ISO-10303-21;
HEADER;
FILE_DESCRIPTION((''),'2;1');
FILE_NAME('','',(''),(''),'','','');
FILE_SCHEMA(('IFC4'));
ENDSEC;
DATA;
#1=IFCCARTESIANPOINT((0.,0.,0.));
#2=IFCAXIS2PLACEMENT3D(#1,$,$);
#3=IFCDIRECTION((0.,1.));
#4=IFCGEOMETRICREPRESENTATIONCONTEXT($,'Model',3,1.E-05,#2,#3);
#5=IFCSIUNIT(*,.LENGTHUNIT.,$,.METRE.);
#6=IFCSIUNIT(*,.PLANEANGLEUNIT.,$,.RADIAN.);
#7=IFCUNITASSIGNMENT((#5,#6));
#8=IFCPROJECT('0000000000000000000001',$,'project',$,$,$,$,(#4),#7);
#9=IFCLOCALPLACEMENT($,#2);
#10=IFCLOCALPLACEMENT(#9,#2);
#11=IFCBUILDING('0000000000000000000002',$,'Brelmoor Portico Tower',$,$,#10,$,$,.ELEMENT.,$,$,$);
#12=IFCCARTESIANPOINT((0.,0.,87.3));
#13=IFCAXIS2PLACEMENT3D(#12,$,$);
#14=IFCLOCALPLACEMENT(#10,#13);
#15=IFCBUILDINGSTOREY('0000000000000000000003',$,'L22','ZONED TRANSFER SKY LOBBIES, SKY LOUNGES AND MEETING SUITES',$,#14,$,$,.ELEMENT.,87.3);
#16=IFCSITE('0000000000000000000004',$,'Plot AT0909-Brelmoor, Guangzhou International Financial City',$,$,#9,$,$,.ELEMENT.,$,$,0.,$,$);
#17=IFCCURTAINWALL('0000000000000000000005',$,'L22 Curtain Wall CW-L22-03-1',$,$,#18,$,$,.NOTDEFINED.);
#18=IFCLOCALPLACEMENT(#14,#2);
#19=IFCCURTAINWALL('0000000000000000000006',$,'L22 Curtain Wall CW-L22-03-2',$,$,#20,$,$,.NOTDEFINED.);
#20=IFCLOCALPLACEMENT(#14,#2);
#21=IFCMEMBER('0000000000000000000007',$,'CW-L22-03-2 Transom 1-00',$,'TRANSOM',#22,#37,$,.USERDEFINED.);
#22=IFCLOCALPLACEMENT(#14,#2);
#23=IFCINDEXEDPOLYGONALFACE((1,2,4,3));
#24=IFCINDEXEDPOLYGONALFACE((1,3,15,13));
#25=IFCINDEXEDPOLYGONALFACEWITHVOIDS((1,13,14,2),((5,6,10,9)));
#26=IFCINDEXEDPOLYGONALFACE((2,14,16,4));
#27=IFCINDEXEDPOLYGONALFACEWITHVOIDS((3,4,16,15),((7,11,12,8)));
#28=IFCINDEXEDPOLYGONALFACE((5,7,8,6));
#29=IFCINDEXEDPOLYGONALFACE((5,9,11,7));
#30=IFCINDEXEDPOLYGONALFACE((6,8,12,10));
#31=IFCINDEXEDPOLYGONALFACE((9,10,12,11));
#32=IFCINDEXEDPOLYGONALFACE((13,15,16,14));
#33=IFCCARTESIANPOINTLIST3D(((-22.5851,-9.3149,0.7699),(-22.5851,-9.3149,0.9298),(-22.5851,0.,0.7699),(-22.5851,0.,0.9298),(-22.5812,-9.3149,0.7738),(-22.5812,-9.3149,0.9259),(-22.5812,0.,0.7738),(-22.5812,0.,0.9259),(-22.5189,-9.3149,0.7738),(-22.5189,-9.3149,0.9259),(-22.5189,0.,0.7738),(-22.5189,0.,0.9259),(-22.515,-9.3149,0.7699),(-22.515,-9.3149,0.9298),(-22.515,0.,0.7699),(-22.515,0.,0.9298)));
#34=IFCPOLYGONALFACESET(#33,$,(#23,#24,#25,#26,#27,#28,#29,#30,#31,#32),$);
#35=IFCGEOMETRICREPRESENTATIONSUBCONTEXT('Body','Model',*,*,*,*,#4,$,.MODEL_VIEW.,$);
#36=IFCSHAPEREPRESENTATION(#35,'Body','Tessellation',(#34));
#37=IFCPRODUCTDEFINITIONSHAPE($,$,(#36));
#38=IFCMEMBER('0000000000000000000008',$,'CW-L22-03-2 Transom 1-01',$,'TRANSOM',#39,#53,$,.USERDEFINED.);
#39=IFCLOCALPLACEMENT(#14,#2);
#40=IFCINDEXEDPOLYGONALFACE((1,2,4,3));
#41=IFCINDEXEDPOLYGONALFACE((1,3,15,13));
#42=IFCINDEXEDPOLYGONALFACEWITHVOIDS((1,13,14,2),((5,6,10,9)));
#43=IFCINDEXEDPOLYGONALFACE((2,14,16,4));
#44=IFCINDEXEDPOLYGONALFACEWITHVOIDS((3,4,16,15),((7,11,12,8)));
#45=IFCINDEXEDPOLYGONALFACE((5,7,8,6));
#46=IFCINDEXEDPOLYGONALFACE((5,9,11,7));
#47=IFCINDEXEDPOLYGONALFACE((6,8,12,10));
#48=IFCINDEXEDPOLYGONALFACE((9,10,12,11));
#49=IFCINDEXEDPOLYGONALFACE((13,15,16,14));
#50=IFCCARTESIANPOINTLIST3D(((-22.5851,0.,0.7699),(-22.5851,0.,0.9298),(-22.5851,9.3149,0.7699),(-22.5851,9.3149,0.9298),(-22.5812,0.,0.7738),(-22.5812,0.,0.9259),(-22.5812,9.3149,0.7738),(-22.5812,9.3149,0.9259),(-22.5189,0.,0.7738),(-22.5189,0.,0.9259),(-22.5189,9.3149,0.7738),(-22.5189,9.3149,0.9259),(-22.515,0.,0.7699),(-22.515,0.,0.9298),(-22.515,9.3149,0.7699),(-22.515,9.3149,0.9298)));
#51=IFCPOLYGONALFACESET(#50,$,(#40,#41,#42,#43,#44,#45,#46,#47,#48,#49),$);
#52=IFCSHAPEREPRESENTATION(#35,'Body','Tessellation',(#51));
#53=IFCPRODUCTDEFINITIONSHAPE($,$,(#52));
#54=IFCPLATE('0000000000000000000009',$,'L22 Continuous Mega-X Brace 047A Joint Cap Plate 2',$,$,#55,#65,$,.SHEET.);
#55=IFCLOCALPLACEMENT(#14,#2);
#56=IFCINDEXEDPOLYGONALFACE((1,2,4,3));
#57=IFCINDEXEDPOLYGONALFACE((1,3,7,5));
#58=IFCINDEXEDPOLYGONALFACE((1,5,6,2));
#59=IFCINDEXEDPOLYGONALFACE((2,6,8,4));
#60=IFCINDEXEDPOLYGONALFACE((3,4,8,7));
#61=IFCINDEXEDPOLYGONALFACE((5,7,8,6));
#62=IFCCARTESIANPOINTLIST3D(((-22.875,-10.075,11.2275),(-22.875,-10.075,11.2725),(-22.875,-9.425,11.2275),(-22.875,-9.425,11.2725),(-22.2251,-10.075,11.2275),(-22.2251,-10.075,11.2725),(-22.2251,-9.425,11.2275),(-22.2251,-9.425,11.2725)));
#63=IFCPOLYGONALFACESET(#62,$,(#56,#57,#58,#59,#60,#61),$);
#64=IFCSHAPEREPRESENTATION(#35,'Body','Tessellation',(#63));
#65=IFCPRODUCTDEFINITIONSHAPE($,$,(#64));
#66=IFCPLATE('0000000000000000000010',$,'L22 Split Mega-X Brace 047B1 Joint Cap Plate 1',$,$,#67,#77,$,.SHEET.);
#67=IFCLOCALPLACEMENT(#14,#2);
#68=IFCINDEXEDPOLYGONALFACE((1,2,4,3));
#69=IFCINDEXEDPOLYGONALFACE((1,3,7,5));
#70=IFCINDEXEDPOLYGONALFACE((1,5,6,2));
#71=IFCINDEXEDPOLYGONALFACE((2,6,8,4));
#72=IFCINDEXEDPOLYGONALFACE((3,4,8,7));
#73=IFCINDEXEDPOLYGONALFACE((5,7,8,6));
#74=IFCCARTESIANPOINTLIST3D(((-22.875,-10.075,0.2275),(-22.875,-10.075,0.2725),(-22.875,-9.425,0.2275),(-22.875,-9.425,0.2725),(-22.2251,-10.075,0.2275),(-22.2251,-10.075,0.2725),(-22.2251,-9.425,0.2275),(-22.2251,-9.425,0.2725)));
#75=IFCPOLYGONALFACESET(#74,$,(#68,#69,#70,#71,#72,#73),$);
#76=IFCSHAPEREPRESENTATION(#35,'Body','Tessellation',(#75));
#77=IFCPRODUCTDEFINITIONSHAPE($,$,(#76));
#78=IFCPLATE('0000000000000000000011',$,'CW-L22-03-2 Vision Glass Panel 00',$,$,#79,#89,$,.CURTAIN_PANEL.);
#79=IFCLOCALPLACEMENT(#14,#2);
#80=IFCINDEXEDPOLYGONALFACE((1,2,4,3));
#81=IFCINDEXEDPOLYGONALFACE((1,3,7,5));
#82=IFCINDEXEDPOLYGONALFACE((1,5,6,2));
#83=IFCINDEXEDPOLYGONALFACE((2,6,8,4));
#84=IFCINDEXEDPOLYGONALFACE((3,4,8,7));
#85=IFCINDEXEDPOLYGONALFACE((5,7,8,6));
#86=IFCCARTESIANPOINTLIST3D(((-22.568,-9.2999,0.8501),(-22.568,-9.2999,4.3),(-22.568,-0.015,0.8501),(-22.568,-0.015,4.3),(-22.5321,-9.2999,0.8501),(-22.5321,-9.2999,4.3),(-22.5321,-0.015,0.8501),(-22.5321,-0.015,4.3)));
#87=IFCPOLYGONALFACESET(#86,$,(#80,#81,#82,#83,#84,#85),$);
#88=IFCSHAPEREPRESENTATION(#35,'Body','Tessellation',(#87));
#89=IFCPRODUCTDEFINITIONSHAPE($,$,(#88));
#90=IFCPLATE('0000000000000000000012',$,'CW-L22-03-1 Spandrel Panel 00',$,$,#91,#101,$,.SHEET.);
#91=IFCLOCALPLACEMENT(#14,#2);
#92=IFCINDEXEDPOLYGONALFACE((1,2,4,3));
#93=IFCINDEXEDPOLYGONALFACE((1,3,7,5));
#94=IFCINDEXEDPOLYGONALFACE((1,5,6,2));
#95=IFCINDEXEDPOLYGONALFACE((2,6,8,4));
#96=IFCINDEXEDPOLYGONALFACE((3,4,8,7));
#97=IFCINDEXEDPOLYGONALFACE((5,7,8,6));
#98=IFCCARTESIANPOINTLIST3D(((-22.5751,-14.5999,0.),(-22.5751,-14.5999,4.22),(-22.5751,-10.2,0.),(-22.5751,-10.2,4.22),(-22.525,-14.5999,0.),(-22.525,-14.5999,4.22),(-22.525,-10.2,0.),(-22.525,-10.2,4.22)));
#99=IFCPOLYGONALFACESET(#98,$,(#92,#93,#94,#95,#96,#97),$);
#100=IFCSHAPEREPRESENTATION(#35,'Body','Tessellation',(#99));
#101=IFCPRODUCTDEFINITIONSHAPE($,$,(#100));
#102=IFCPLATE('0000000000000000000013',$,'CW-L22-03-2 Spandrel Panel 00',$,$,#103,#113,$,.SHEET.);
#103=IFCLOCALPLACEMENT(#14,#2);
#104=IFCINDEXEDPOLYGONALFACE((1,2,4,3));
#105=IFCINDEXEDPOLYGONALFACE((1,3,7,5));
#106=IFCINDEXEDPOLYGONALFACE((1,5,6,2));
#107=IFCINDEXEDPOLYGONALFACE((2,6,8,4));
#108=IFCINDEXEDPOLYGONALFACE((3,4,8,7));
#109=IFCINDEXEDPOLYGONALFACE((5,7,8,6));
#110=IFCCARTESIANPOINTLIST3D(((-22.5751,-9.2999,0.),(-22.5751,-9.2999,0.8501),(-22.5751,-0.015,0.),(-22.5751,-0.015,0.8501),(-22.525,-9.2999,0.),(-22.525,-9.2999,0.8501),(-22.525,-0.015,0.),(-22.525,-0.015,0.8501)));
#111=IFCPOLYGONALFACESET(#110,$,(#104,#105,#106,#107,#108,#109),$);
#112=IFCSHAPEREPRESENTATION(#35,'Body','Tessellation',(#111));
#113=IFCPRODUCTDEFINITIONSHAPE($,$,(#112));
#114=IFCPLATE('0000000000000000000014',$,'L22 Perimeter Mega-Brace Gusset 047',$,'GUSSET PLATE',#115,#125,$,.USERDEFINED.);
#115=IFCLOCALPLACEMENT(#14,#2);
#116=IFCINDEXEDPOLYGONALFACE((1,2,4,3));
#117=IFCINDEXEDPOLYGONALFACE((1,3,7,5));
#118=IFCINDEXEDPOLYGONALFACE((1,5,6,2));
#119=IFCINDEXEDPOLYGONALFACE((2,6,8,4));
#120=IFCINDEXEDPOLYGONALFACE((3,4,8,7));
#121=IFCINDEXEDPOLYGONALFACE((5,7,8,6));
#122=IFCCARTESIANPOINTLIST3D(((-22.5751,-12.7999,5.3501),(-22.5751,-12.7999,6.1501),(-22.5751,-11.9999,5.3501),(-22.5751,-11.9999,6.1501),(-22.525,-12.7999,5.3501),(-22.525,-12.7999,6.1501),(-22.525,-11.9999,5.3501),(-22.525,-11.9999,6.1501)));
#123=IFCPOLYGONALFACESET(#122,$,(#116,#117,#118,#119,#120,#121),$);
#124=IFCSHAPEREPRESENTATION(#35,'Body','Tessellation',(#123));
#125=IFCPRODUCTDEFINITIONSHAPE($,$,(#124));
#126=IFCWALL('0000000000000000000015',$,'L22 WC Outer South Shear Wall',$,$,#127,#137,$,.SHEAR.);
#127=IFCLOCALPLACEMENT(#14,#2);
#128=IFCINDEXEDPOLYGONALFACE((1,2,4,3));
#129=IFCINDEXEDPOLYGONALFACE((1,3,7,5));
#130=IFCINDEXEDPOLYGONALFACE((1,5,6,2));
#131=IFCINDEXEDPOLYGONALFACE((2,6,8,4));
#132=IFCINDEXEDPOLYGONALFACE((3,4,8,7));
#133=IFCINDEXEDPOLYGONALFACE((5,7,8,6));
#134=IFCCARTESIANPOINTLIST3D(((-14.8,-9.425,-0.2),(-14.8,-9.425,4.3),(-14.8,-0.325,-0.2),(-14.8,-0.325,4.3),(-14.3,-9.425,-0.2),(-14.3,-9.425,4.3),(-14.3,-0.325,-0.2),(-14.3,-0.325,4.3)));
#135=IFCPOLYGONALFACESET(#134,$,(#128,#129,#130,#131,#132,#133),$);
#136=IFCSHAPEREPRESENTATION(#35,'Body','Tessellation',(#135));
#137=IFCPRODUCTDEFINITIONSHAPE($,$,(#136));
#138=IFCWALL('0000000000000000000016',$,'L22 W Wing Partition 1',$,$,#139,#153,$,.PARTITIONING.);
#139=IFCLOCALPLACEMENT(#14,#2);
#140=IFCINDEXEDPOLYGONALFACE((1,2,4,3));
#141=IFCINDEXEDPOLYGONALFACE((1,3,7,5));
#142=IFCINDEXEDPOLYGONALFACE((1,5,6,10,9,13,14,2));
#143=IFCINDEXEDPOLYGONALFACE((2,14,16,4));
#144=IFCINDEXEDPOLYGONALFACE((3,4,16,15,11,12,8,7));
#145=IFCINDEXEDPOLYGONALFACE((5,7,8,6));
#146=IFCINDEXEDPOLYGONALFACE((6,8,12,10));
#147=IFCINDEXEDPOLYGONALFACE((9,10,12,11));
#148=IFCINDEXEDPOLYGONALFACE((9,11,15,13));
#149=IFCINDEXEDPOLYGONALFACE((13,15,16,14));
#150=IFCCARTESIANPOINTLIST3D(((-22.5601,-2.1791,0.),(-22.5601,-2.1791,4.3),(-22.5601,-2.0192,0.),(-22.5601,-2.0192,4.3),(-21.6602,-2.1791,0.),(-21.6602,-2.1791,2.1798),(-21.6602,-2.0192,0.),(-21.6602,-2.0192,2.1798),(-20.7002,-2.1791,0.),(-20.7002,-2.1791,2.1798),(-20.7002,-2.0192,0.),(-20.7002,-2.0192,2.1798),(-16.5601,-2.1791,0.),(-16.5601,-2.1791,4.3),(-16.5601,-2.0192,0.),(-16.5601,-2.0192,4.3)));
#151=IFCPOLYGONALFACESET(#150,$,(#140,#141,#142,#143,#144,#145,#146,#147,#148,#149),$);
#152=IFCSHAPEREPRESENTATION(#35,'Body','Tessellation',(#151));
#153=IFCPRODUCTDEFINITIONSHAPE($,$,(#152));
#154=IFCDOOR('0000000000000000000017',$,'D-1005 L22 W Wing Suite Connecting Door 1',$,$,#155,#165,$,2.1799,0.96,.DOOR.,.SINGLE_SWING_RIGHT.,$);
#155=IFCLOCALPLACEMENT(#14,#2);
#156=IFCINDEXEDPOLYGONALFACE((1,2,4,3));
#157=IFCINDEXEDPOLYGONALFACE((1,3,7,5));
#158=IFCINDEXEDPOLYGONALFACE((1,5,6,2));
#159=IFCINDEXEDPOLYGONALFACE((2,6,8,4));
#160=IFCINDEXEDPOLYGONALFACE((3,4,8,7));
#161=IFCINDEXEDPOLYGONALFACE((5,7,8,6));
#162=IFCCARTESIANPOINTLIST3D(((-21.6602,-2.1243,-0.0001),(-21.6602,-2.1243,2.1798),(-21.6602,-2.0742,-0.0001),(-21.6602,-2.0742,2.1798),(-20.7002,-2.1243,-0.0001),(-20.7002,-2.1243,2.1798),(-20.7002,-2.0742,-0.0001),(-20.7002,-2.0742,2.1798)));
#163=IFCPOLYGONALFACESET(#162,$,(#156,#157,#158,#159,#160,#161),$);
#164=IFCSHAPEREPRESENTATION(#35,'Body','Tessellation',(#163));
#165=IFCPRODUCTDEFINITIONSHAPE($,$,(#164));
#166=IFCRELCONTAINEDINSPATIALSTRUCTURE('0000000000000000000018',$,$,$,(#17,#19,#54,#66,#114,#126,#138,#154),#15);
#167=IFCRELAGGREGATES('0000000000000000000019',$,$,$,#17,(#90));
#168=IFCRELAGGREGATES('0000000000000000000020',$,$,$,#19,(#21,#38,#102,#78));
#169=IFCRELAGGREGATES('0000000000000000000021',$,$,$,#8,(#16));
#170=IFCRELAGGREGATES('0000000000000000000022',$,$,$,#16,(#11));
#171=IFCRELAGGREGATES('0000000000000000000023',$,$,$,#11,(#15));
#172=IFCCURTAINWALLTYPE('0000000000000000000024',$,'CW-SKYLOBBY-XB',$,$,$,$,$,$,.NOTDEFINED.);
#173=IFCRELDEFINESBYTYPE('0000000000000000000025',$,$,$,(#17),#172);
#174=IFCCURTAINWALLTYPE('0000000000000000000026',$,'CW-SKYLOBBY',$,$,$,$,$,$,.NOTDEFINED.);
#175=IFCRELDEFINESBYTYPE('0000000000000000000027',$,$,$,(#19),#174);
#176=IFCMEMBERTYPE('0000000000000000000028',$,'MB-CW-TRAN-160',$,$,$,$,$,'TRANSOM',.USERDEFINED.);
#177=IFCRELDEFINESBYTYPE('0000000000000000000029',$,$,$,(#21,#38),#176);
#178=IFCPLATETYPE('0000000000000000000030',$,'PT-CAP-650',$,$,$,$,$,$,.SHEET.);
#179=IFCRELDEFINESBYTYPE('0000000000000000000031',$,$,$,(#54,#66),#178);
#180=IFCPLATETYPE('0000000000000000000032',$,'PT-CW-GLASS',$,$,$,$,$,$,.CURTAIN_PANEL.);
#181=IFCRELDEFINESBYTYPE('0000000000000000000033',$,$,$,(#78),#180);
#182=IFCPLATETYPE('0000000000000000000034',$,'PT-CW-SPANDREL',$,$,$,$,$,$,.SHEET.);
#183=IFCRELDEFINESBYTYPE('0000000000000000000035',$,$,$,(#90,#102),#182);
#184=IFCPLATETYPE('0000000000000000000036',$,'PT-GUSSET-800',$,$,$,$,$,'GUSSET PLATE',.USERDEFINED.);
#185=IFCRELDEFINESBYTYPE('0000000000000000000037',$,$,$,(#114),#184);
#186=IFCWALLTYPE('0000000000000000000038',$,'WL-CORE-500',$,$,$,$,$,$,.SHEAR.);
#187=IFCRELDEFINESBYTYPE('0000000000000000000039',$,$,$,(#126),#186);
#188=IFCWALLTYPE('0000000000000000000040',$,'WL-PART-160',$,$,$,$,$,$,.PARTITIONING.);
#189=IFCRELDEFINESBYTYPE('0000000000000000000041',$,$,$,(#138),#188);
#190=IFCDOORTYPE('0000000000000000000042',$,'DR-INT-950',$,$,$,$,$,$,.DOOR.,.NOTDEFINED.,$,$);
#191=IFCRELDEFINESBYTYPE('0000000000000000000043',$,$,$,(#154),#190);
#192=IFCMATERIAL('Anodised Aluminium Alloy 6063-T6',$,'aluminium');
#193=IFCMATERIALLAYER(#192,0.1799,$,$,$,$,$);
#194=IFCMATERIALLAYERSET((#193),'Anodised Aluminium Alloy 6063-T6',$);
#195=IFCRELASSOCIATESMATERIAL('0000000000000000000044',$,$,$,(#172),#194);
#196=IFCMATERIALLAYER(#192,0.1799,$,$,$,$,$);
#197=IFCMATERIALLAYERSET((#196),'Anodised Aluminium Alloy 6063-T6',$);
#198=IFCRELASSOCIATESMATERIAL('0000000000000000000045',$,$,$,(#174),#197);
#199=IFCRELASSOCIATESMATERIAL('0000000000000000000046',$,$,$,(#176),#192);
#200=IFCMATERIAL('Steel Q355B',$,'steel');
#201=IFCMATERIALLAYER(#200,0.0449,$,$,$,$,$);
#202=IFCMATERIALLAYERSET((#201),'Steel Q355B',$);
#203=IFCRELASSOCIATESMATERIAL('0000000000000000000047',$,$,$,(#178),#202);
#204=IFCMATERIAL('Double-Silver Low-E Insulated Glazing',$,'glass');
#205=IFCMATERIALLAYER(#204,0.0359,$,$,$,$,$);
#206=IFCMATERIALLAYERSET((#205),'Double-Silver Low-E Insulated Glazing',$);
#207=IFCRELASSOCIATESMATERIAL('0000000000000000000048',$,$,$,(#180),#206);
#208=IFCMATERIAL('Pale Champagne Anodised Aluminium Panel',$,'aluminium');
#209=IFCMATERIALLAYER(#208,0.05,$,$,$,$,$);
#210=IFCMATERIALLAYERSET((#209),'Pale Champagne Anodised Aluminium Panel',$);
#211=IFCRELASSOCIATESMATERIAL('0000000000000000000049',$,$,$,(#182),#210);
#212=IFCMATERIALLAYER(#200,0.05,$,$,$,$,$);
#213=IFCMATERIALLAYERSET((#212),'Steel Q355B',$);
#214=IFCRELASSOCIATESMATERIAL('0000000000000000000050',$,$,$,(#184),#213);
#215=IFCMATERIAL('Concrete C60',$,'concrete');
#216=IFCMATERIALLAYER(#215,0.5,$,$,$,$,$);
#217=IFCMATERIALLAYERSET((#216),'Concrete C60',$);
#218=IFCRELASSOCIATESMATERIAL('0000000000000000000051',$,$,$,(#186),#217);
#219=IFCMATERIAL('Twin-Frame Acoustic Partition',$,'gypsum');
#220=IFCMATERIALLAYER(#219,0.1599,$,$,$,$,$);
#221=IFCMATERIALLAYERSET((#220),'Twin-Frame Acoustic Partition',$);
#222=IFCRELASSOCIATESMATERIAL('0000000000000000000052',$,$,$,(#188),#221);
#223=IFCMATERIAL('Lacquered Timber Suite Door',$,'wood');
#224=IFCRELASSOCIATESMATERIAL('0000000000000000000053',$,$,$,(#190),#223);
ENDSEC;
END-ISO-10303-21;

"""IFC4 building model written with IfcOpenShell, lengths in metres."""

from ifc_helpers import new_model, si_unit, direction, frame, frame_2d, origin, origin_2d, place, context, subcontext, project, spatial, rectangle, hollow_rectangle, extrude, material, layer, layer_set, material_profile, profile_set, type_object, element, fill, aggregate, save


model = new_model("IFC4")

# Units and contexts
model_context = context("Model", 3, precision=1e-05, world=origin(), true_north=direction((0.0, 1.0)))
body_context = subcontext(model_context, "Body", "Model", "MODEL_VIEW")
ifc_project = project(units=[si_unit("LENGTHUNIT", "METRE"), si_unit("PLANEANGLEUNIT", "RADIAN")], contexts=[model_context])

# Site, building, storey
site_placement = place(None, origin())
site = spatial("IfcSite", under=ifc_project, at=site_placement, Name="Plot AT0909-Brelmoor, Guangzhou International Financial City", CompositionType="ELEMENT", RefElevation=0.0)
building_placement = place(site_placement, origin())
building = spatial("IfcBuilding", under=site, at=building_placement, Name="Brelmoor Portico Tower", CompositionType="ELEMENT")
storey_placement = place(building_placement, frame((0.0, 0.0, 87.3)))
storey = spatial("IfcBuildingStorey", under=building, at=storey_placement, Name="L22", Description="ZONED TRANSFER SKY LOBBIES, SKY LOUNGES AND MEETING SUITES", CompositionType="ELEMENT", Elevation=87.3)

# Shared definitions
ifc_material_1 = material(Name="Steel Q355B", Category="steel")

# Curtain wall
ifc_material_2 = material(Name="Anodised Aluminium Alloy 6063-T6", Category="aluminium")
ifc_layer_1 = layer(ifc_material_2, 0.1799)
ifc_layer_set_1 = layer_set([ifc_layer_1], Name="Anodised Aluminium Alloy 6063-T6")
curtain_wall_type_1 = type_object("IfcCurtainWallType", Name="CW-SKYLOBBY-XB", PredefinedType="NOTDEFINED", material=ifc_layer_set_1)
curtain_wall_1_placement = place(storey_placement, origin())
curtain_wall_1 = element("IfcCurtainWall", 1, at=curtain_wall_1_placement, inside=storey, type_object=curtain_wall_type_1, Name="L22 Curtain Wall CW-L22-03-1", PredefinedType="NOTDEFINED")

# Curtain wall, members
ifc_layer_2 = layer(ifc_material_2, 0.1799)
ifc_layer_set_2 = layer_set([ifc_layer_2], Name="Anodised Aluminium Alloy 6063-T6")
curtain_wall_type_2 = type_object("IfcCurtainWallType", Name="CW-SKYLOBBY", PredefinedType="NOTDEFINED", material=ifc_layer_set_2)
curtain_wall_2_placement = place(storey_placement, origin())
curtain_wall_2 = element("IfcCurtainWall", 2, at=curtain_wall_2_placement, inside=storey, type_object=curtain_wall_type_2, Name="L22 Curtain Wall CW-L22-03-2", PredefinedType="NOTDEFINED")
ifc_material_profile_1 = material_profile(ifc_material_2, hollow_rectangle(XDim=0.0701, YDim=0.1599, WallThickness=0.0039, at=origin_2d()), Name="ALU TRANSOM 70x160")
ifc_profile_set_1 = profile_set([ifc_material_profile_1], Name="Anodised Aluminium Alloy 6063-T6")
member_type_1 = type_object("IfcMemberType", Name="MB-CW-TRAN-160", ElementType="TRANSOM", PredefinedType="USERDEFINED", material=ifc_profile_set_1)
member_1_placement = place(storey_placement, frame((-22.55, -9.3149, 0.8499), z_axis=(0.0, 1.0, 0.0), x_axis=(-1.0, 0.0, 0.0)))
member_1 = element("IfcMember", 3, at=member_1_placement, type_object=member_type_1, Name="CW-L22-03-2 Transom 1-00", ObjectType="TRANSOM", PredefinedType="USERDEFINED", context=body_context, shape_type="SweptSolid", body=[
    extrude(hollow_rectangle(XDim=0.0701, YDim=0.1599, WallThickness=0.0039, at=origin_2d()), origin(), (0.0, 0.0, 1.0), 9.3149),
])
member_2_placement = place(storey_placement, frame((-22.55, 0.0, 0.8499), z_axis=(0.0, 1.0, 0.0), x_axis=(-1.0, 0.0, 0.0)))
member_2 = element("IfcMember", 4, at=member_2_placement, type_object=member_type_1, Name="CW-L22-03-2 Transom 1-01", ObjectType="TRANSOM", PredefinedType="USERDEFINED", context=body_context, shape_type="SweptSolid", body=[
    extrude(hollow_rectangle(XDim=0.0701, YDim=0.1599, WallThickness=0.0039, at=origin_2d()), origin(), (0.0, 0.0, 1.0), 9.3149),
])

# Plates
ifc_layer_3 = layer(ifc_material_1, 0.0449)
ifc_layer_set_3 = layer_set([ifc_layer_3], Name="Steel Q355B")
plate_type_1 = type_object("IfcPlateType", Name="PT-CAP-650", PredefinedType="SHEET", material=ifc_layer_set_3)
for number, where, z_axis, x_axis, name in (
    (5, (-22.55, -9.75, 11.2275), (0.0, 0.0, 1.0), (1.0, 0.0, 0.0), "L22 Continuous Mega-X Brace 047A Joint Cap Plate 2"),
    (6, (-22.55, -9.75, 0.2275), (0.0, 0.0, 1.0), (1.0, 0.0, 0.0), "L22 Split Mega-X Brace 047B1 Joint Cap Plate 1"),
):
    element("IfcPlate", number, at=place(storey_placement, frame(where, z_axis=z_axis, x_axis=x_axis)), inside=storey, type_object=plate_type_1, Name=name, PredefinedType="SHEET", context=body_context, shape_type="SweptSolid", body=[
        extrude(rectangle(XDim=0.6499, YDim=0.6499, at=origin_2d()), origin(), (0.0, 0.0, 1.0), 0.0449),
    ])

# Plates
ifc_material_3 = material(Name="Double-Silver Low-E Insulated Glazing", Category="glass")
ifc_layer_4 = layer(ifc_material_3, 0.0359)
ifc_layer_set_4 = layer_set([ifc_layer_4], Name="Double-Silver Low-E Insulated Glazing")
plate_type_2 = type_object("IfcPlateType", Name="PT-CW-GLASS", PredefinedType="CURTAIN_PANEL", material=ifc_layer_set_4)
plate_1_placement = place(storey_placement, frame((-22.55, -4.6575, 0.8501), z_axis=(0.0, 0.0, 1.0), x_axis=(0.0, 1.0, 0.0)))
plate_1 = element("IfcPlate", 7, at=plate_1_placement, type_object=plate_type_2, Name="CW-L22-03-2 Vision Glass Panel 00", PredefinedType="CURTAIN_PANEL", context=body_context, shape_type="SweptSolid", body=[
    extrude(rectangle(XDim=9.2849, YDim=0.0359, at=origin_2d()), origin(), (0.0, 0.0, 1.0), 3.45),
])
ifc_material_4 = material(Name="Pale Champagne Anodised Aluminium Panel", Category="aluminium")
ifc_layer_5 = layer(ifc_material_4, 0.05)
ifc_layer_set_5 = layer_set([ifc_layer_5], Name="Pale Champagne Anodised Aluminium Panel")
plate_type_3 = type_object("IfcPlateType", Name="PT-CW-SPANDREL", PredefinedType="SHEET", material=ifc_layer_set_5)
plate_2_placement = place(storey_placement, frame((-22.55, -12.3999, 0.0), z_axis=(0.0, 0.0, 1.0), x_axis=(0.0, 1.0, 0.0)))
plate_2 = element("IfcPlate", 8, at=plate_2_placement, type_object=plate_type_3, Name="CW-L22-03-1 Spandrel Panel 00", PredefinedType="SHEET", context=body_context, shape_type="SweptSolid", body=[
    extrude(rectangle(XDim=4.3999, YDim=0.05, at=origin_2d()), origin(), (0.0, 0.0, 1.0), 4.22),
])
aggregate(curtain_wall_1, [plate_2])
plate_3_placement = place(storey_placement, frame((-22.55, -4.6575, 0.0), z_axis=(0.0, 0.0, 1.0), x_axis=(0.0, 1.0, 0.0)))
plate_3 = element("IfcPlate", 9, at=plate_3_placement, type_object=plate_type_3, Name="CW-L22-03-2 Spandrel Panel 00", PredefinedType="SHEET", context=body_context, shape_type="SweptSolid", body=[
    extrude(rectangle(XDim=9.2849, YDim=0.05, at=origin_2d()), origin(), (0.0, 0.0, 1.0), 0.8501),
])
aggregate(curtain_wall_2, [member_1, member_2, plate_3, plate_1])
ifc_layer_6 = layer(ifc_material_1, 0.05)
ifc_layer_set_6 = layer_set([ifc_layer_6], Name="Steel Q355B")
plate_type_4 = type_object("IfcPlateType", Name="PT-GUSSET-800", ElementType="GUSSET PLATE", PredefinedType="USERDEFINED", material=ifc_layer_set_6)
plate_4_placement = place(storey_placement, frame((-22.55, -12.3999, 5.3501), z_axis=(0.0, 0.0, 1.0), x_axis=(1.0, 0.0, 0.0)))
element("IfcPlate", 10, at=plate_4_placement, inside=storey, type_object=plate_type_4, Name="L22 Perimeter Mega-Brace Gusset 047", ObjectType="GUSSET PLATE", PredefinedType="USERDEFINED", context=body_context, shape_type="SweptSolid", body=[
    extrude(rectangle(XDim=0.05, YDim=0.8, at=origin_2d()), origin(), (0.0, 0.0, 1.0), 0.8),
])

# Wall
ifc_material_5 = material(Name="Concrete C60", Category="concrete")
ifc_layer_7 = layer(ifc_material_5, 0.5)
ifc_layer_set_7 = layer_set([ifc_layer_7], Name="Concrete C60")
wall_type_1 = type_object("IfcWallType", Name="WL-CORE-500", PredefinedType="SHEAR", material=ifc_layer_set_7)
wall_1_placement = place(storey_placement, frame((-14.55, -9.425, -0.2), z_axis=(0.0, 0.0, 1.0), x_axis=(0.0, 1.0, 0.0)))
element("IfcWall", 11, at=wall_1_placement, inside=storey, type_object=wall_type_1, Name="L22 WC Outer South Shear Wall", PredefinedType="SHEAR", context=body_context, shape_type="SweptSolid", body=[
    extrude(rectangle(XDim=9.1001, YDim=0.5, at=frame_2d((4.55, 0.0))), origin(), (0.0, 0.0, 1.0), 4.5),
])

# Wall, opening, door
ifc_material_6 = material(Name="Twin-Frame Acoustic Partition", Category="gypsum")
ifc_layer_8 = layer(ifc_material_6, 0.1599)
ifc_layer_set_8 = layer_set([ifc_layer_8], Name="Twin-Frame Acoustic Partition")
wall_type_2 = type_object("IfcWallType", Name="WL-PART-160", PredefinedType="PARTITIONING", material=ifc_layer_set_8)
wall_2_placement = place(storey_placement, frame((-22.5601, -2.0991, 0.0), z_axis=(0.0, 0.0, 1.0), x_axis=(1.0, 0.0, 0.0)))
wall_2 = element("IfcWall", 12, at=wall_2_placement, inside=storey, type_object=wall_type_2, Name="L22 W Wing Partition 1", PredefinedType="PARTITIONING", context=body_context, shape_type="SweptSolid", body=[
    extrude(rectangle(XDim=6.0, YDim=0.1599, at=frame_2d((3.0, 0.0))), origin(), (0.0, 0.0, 1.0), 4.3),
])
opening_1_placement = place(wall_2_placement, frame((0.8999, 0.0, 0.0)))
opening_1 = element("IfcOpeningElement", 13, at=opening_1_placement, cuts=wall_2, PredefinedType="OPENING", context=body_context, shape_type="SweptSolid", body=[
    extrude(rectangle(XDim=0.96, YDim=2.1799, at=frame_2d((0.48, 1.0898))), frame((0.0, 0.0898, 0.0), z_axis=(0.0, -1.0, 0.0), x_axis=(1.0, 0.0, 0.0)), (0.0, 0.0, 1.0), 0.1799),
])
ifc_material_7 = material(Name="Lacquered Timber Suite Door", Category="wood")
door_type_1 = type_object("IfcDoorType", Name="DR-INT-950", OperationType="NOTDEFINED", PredefinedType="DOOR", material=ifc_material_7)
door_1_placement = place(opening_1_placement, origin())
door_1 = element("IfcDoor", 14, at=door_1_placement, inside=storey, type_object=door_type_1, Name="D-1005 L22 W Wing Suite Connecting Door 1", OperationType="SINGLE_SWING_RIGHT", OverallHeight=2.1799, OverallWidth=0.96, PredefinedType="DOOR", context=body_context, shape_type="SweptSolid", body=[
    extrude(rectangle(XDim=0.96, YDim=2.1799, at=frame_2d((0.48, 1.0898))), frame((0.0, 0.0249, 0.0), z_axis=(0.0, -1.0, 0.0), x_axis=(1.0, 0.0, 0.0)), (0.0, 0.0, 1.0), 0.05),
])
fill(opening_1, door_1)

save(model, "model.ifc")
